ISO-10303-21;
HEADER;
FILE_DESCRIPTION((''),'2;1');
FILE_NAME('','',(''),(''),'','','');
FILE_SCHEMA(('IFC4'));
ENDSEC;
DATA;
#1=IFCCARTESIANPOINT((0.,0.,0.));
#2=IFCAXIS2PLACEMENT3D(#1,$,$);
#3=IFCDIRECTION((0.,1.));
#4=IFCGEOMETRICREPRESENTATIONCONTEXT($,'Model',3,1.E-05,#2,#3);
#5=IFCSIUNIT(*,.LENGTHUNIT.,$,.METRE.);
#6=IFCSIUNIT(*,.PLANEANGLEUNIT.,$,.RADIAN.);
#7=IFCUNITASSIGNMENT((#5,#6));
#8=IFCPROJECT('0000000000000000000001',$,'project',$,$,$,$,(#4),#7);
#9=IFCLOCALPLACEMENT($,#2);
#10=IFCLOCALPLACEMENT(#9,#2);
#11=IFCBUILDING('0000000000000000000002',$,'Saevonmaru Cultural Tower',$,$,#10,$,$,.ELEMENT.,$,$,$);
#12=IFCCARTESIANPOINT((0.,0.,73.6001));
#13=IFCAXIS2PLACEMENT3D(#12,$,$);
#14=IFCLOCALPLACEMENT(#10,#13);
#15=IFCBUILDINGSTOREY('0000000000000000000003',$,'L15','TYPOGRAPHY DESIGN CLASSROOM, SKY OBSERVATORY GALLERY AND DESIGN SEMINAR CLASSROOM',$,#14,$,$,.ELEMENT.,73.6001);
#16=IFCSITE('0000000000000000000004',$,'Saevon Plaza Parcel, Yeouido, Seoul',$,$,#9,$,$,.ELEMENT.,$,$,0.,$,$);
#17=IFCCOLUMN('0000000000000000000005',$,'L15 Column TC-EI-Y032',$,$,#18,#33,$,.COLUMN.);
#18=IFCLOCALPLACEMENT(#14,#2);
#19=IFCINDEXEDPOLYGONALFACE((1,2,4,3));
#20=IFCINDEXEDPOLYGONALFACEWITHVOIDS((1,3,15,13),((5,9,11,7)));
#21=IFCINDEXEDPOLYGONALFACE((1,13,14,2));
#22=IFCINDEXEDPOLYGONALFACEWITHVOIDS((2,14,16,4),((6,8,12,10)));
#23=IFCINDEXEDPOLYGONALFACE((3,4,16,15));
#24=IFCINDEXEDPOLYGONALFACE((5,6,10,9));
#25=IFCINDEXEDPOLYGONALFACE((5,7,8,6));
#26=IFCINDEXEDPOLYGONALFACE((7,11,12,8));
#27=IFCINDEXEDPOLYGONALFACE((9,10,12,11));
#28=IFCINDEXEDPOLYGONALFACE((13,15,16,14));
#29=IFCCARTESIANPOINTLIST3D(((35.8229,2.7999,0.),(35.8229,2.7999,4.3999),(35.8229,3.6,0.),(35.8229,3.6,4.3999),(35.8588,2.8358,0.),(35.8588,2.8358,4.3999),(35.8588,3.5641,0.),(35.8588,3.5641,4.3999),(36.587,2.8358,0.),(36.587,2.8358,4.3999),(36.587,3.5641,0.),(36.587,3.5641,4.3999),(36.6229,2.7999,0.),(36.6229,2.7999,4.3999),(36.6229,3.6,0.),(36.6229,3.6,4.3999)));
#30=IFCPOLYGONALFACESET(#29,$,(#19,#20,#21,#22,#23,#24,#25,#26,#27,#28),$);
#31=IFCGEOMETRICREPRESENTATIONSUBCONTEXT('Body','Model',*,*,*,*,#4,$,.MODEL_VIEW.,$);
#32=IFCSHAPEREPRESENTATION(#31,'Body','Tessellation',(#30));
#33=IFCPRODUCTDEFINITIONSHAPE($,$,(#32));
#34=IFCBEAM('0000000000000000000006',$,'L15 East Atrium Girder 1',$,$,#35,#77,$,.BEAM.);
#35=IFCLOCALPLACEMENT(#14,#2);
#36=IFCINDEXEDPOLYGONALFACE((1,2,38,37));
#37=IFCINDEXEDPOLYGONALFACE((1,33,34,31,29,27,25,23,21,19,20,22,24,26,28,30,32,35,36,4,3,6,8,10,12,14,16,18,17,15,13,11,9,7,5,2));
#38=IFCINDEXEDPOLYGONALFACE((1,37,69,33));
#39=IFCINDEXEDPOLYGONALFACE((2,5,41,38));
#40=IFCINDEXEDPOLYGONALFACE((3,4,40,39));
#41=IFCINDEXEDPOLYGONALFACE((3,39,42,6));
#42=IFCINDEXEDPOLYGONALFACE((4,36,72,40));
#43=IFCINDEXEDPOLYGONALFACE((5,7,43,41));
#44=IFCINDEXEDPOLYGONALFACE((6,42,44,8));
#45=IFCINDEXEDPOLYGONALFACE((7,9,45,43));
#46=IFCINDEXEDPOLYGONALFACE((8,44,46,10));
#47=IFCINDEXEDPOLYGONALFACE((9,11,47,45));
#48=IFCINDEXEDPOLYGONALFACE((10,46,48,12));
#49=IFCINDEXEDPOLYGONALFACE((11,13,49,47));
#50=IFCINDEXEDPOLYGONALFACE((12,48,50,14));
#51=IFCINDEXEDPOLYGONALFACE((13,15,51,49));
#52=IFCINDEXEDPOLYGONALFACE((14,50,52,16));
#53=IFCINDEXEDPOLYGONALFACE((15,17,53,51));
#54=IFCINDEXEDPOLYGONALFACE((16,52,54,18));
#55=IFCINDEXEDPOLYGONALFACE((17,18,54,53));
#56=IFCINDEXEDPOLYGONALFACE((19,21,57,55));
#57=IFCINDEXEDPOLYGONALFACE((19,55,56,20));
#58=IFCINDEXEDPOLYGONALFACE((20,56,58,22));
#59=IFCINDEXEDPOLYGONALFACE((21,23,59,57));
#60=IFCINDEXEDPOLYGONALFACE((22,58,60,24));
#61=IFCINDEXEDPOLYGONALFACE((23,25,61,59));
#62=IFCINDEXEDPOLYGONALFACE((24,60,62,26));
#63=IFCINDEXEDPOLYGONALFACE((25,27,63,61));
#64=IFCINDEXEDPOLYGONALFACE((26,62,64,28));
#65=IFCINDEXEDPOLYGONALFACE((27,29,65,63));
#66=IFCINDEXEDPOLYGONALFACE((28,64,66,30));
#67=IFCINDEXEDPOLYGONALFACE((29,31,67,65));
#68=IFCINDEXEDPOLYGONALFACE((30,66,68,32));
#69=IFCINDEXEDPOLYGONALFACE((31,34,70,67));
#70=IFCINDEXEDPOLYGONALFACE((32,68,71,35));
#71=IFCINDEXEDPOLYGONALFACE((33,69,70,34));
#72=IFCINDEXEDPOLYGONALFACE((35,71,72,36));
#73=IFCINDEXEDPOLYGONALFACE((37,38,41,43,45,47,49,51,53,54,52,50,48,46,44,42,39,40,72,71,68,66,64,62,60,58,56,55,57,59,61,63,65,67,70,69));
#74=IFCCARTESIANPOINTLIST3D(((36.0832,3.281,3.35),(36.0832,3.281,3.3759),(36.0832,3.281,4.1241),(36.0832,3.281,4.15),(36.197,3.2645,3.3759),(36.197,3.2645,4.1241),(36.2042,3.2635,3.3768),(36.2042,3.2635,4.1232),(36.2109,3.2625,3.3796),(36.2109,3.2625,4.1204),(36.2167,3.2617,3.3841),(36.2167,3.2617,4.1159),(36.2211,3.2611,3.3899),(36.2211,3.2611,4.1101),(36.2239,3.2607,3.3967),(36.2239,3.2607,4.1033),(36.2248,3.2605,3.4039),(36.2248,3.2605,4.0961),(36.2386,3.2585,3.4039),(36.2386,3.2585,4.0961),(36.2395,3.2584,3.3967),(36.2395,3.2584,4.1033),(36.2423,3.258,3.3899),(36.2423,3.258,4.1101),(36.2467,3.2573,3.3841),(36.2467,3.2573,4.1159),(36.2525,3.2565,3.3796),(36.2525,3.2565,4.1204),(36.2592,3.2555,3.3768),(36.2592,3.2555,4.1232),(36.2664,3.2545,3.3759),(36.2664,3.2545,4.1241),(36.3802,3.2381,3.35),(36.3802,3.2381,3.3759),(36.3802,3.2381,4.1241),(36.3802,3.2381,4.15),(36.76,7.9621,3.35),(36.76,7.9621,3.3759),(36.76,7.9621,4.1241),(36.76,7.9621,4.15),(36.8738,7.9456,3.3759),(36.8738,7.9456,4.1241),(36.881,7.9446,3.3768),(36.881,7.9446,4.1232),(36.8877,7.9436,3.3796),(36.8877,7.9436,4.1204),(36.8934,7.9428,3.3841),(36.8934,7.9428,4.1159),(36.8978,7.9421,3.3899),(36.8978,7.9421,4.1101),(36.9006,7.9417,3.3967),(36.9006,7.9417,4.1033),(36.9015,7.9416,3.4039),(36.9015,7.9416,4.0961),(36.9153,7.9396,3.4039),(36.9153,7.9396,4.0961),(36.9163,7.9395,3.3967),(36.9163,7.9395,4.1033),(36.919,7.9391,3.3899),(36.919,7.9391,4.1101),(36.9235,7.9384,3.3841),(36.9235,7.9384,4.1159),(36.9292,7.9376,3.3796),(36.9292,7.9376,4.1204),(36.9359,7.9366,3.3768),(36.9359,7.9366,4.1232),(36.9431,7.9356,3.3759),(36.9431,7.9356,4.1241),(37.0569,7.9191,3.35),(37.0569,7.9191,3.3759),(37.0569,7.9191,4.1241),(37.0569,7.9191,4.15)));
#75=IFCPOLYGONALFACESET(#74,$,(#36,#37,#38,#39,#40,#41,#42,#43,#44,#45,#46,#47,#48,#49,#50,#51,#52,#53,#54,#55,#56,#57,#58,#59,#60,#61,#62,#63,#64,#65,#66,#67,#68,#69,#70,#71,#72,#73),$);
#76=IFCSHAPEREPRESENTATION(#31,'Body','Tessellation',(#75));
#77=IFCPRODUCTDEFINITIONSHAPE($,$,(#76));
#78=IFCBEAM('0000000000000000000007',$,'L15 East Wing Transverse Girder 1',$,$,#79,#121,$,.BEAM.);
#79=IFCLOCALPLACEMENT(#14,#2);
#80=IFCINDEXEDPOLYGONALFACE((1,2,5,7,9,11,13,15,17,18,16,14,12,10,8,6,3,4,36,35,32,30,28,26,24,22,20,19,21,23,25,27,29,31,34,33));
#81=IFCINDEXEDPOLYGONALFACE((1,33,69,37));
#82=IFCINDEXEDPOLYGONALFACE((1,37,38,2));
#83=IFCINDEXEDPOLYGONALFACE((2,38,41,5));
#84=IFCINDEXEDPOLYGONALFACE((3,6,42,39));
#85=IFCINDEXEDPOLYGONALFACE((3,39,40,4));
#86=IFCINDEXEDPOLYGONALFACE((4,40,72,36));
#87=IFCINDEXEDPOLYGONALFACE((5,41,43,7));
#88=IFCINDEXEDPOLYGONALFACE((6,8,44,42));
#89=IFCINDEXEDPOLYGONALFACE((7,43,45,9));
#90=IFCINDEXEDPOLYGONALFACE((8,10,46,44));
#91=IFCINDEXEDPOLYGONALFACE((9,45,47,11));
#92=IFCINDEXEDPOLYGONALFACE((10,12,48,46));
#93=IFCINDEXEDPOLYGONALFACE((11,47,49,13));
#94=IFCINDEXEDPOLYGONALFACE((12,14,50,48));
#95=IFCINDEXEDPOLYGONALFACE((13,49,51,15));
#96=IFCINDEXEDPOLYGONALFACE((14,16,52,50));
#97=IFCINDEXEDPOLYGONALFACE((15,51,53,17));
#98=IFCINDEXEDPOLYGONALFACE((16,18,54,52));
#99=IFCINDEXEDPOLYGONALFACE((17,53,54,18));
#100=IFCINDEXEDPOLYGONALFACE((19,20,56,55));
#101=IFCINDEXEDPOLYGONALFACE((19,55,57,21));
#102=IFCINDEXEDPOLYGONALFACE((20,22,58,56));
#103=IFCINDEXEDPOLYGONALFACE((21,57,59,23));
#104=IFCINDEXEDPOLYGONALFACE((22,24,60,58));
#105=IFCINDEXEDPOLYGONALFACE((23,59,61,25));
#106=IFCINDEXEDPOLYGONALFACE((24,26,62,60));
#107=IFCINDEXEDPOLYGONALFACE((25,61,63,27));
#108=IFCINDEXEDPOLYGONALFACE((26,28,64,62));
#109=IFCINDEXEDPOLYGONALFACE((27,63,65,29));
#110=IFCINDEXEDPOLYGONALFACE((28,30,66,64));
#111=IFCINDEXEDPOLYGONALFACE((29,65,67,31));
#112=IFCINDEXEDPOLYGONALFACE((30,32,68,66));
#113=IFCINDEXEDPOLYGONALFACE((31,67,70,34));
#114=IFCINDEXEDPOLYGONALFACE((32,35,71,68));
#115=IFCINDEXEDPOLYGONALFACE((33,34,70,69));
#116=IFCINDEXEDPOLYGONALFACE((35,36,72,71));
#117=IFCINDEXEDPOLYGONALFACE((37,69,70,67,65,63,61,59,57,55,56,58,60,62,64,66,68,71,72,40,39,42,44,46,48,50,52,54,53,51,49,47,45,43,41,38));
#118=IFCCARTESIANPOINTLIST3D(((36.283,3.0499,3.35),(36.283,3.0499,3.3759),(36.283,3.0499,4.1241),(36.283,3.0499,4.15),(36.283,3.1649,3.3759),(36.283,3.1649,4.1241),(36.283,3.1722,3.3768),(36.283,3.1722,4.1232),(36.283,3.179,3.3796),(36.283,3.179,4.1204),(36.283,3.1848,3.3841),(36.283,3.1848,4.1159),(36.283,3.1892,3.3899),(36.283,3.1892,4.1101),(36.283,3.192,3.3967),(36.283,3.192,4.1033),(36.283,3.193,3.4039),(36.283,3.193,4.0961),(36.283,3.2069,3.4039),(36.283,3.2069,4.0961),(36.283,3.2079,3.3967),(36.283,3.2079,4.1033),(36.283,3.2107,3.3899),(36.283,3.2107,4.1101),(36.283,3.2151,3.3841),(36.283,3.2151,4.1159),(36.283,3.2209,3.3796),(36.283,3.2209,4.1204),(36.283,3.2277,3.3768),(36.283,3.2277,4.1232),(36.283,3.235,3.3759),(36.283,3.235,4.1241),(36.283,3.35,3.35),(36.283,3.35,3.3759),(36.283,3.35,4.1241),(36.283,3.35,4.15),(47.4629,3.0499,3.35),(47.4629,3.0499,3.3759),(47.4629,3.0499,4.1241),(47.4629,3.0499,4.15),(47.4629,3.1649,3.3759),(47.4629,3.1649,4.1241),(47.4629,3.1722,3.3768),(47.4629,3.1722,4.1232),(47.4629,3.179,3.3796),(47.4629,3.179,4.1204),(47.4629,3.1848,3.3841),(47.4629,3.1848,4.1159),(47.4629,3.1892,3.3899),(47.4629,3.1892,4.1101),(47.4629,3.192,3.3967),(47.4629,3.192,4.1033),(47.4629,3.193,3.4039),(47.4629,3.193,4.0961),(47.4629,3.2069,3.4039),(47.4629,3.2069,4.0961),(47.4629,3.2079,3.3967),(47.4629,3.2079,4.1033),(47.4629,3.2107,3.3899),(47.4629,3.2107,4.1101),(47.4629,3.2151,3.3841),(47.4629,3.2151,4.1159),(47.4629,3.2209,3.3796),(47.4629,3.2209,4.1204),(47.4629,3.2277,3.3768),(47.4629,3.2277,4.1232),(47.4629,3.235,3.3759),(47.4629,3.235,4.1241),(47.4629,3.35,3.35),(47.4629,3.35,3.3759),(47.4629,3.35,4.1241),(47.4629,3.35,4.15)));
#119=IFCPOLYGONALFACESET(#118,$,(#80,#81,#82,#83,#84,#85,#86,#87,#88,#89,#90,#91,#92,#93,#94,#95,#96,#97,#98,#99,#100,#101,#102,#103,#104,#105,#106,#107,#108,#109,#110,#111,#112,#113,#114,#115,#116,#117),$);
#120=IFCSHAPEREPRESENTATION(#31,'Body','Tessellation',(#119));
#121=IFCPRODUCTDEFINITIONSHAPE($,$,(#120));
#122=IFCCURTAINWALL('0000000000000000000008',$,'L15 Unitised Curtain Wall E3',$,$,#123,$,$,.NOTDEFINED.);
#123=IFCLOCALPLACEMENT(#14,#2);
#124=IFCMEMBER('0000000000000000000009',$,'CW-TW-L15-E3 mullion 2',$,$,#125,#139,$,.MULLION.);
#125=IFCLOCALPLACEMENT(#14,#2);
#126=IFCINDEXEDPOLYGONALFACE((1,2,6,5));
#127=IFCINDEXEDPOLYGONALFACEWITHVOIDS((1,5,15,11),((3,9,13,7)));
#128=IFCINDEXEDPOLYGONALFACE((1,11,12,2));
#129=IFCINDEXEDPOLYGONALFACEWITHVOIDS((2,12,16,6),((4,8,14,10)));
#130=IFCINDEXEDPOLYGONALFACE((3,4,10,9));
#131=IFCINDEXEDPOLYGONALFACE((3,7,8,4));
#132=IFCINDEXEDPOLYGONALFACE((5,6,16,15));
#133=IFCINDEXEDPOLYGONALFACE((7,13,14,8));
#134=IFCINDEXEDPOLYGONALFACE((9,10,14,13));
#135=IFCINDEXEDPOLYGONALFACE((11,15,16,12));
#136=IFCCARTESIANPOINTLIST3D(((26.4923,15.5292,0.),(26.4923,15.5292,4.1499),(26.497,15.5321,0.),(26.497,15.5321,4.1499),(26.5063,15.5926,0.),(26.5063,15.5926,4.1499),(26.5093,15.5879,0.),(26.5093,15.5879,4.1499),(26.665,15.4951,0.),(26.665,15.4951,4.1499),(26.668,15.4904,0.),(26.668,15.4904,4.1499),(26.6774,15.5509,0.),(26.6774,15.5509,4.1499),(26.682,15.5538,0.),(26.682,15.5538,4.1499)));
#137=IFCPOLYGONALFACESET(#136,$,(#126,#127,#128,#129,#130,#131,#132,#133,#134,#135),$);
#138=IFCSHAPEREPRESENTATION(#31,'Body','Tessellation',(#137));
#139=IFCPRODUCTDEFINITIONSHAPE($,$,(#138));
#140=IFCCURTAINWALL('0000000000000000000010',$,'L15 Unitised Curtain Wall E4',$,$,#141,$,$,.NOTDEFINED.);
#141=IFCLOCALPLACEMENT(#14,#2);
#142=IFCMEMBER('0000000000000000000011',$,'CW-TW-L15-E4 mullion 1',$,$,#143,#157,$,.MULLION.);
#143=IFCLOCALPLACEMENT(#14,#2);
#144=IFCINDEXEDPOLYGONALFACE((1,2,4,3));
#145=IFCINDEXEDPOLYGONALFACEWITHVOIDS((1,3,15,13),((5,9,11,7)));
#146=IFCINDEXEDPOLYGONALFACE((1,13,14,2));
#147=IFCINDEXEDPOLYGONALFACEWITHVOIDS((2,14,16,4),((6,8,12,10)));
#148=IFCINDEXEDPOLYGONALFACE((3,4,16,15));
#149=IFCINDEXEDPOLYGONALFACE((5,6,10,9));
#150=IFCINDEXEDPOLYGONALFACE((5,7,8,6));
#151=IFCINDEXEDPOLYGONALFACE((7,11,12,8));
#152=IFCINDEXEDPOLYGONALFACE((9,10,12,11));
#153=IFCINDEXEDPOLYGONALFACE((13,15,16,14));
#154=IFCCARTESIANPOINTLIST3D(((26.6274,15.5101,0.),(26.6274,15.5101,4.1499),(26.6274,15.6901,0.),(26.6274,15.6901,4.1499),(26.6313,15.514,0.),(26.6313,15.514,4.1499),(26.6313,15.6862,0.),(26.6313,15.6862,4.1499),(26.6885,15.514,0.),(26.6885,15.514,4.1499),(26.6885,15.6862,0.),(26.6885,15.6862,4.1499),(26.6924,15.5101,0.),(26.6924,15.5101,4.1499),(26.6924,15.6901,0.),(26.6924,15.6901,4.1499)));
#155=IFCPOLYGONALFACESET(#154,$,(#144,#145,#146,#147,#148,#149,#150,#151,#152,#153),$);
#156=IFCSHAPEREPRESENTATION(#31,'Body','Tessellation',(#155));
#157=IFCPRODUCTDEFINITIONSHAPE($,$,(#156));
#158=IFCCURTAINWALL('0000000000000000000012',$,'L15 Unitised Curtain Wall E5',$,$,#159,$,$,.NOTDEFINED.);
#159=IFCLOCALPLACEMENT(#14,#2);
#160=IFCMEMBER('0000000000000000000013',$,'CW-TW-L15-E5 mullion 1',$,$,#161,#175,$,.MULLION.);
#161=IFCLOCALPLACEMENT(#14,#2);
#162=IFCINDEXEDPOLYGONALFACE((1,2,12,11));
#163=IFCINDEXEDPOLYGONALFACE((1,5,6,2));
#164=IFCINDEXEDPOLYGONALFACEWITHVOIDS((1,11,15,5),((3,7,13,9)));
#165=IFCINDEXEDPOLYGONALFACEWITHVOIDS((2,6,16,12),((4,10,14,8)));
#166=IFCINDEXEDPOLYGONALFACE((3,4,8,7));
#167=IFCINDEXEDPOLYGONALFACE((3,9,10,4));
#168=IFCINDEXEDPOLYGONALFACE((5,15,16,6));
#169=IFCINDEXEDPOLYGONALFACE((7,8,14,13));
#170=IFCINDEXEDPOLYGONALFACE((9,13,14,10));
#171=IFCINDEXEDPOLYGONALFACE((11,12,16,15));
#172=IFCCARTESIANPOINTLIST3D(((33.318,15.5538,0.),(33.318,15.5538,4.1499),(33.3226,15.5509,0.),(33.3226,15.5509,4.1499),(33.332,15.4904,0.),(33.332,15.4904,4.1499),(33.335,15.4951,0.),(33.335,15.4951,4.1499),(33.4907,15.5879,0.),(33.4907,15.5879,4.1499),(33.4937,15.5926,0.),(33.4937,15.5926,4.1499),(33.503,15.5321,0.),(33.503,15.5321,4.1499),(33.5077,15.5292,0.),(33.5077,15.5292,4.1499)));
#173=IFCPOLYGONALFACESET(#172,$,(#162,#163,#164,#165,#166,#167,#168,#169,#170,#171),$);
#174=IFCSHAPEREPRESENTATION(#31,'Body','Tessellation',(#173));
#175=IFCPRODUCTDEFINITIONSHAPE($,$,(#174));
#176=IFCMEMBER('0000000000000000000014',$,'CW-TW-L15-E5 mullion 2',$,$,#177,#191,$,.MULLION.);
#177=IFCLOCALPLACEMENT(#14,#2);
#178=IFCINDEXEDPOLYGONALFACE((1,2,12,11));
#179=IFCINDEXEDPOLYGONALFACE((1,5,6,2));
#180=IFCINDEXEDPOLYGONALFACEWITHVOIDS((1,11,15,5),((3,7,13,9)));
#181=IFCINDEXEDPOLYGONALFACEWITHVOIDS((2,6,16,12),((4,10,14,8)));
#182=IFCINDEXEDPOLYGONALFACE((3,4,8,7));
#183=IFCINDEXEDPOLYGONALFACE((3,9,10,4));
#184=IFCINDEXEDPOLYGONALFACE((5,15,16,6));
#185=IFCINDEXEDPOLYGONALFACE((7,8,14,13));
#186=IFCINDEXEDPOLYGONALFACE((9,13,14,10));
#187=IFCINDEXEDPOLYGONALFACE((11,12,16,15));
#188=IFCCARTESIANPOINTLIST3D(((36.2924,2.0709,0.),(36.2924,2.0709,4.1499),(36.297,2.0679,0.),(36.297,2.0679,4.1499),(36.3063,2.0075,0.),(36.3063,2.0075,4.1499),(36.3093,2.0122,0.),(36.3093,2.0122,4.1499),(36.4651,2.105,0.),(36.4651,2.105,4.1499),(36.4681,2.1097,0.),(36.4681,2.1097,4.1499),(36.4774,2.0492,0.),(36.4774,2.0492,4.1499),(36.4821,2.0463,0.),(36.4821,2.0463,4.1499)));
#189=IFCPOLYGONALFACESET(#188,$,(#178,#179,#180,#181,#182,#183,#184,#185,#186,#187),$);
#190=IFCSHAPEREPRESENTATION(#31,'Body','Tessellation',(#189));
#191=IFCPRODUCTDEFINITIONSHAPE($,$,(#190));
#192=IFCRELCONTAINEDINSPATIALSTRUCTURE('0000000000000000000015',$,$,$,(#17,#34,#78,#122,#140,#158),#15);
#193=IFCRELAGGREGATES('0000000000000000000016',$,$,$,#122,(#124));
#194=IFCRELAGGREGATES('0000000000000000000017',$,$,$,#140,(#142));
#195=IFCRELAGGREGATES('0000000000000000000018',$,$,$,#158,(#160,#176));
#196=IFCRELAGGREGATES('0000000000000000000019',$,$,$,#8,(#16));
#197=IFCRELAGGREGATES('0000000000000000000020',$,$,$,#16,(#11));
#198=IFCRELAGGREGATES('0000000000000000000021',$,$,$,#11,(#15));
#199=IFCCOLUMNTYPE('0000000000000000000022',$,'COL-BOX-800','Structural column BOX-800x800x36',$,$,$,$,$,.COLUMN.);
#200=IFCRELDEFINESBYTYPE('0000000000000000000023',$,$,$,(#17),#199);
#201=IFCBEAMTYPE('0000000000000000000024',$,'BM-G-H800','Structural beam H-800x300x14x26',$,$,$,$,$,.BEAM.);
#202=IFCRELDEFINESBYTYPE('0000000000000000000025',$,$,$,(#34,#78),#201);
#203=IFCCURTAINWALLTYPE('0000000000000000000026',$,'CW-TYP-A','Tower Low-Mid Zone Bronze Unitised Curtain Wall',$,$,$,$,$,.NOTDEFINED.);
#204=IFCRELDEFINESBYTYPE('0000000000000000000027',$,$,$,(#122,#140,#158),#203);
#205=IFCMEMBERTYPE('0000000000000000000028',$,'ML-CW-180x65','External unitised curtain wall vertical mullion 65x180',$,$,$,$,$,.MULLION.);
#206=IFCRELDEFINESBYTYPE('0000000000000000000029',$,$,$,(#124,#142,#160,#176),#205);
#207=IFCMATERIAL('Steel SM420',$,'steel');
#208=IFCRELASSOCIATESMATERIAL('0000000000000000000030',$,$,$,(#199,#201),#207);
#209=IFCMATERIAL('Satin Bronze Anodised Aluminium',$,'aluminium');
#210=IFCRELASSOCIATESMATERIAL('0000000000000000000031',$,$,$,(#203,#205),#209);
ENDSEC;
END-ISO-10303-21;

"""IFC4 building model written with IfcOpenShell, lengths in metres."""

from ifc_helpers import new_model, si_unit, direction, frame, origin, origin_2d, place, context, subcontext, project, spatial, hollow_rectangle, i_section, extrude, material, material_profile, profile_set, type_object, element, aggregate, save


model = new_model("IFC4")

# Units and contexts
model_context = context("Model", 3, precision=1e-05, world=origin(), true_north=direction((0.0, 1.0)))
body_context = subcontext(model_context, "Body", "Model", "MODEL_VIEW")
ifc_project = project(units=[si_unit("LENGTHUNIT", "METRE"), si_unit("PLANEANGLEUNIT", "RADIAN")], contexts=[model_context])

# Site, building, storey
site_placement = place(None, origin())
site = spatial("IfcSite", under=ifc_project, at=site_placement, Name="Saevon Plaza Parcel, Yeouido, Seoul", CompositionType="ELEMENT", RefElevation=0.0)
building_placement = place(site_placement, origin())
building = spatial("IfcBuilding", under=site, at=building_placement, Name="Saevonmaru Cultural Tower", CompositionType="ELEMENT")
storey_placement = place(building_placement, frame((0.0, 0.0, 73.6001)))
storey = spatial("IfcBuildingStorey", under=building, at=storey_placement, Name="L15", Description="TYPOGRAPHY DESIGN CLASSROOM, SKY OBSERVATORY GALLERY AND DESIGN SEMINAR CLASSROOM", CompositionType="ELEMENT", Elevation=73.6001)

# Column
ifc_material_1 = material(Name="Steel SM420", Category="steel")
ifc_material_profile_1 = material_profile(ifc_material_1, hollow_rectangle(XDim=0.8, YDim=0.8, WallThickness=0.0359, at=origin_2d()), Name="BOX-800x800x36")
ifc_profile_set_1 = profile_set([ifc_material_profile_1], Name="Steel SM420")
column_type = type_object("IfcColumnType", Name="COL-BOX-800", Description="Structural column BOX-800x800x36", PredefinedType="COLUMN", material=ifc_profile_set_1)
column_placement = place(storey_placement, frame((36.2229, 3.2, 0.0), z_axis=(0.0, 0.0, 1.0), x_axis=(1.0, 0.0, 0.0)))
element("IfcColumn", 1, at=column_placement, inside=storey, type_object=column_type, Name="L15 Column TC-EI-Y032", PredefinedType="COLUMN", context=body_context, shape_type="SweptSolid", body=[
    extrude(hollow_rectangle(XDim=0.8, YDim=0.8, WallThickness=0.0359, at=origin_2d()), origin(), (0.0, 0.0, 1.0), 4.3999),
])

# Beams
ifc_material_profile_2 = material_profile(ifc_material_1, i_section(OverallWidth=0.3, OverallDepth=0.8, WebThickness=0.0139, FlangeThickness=0.0259, FilletRadius=0.0281, at=origin_2d()), Name="H-800x300x14x26")
ifc_profile_set_2 = profile_set([ifc_material_profile_2], Name="Steel SM420")
beam_type = type_object("IfcBeamType", Name="BM-G-H800", Description="Structural beam H-800x300x14x26", PredefinedType="BEAM", material=ifc_profile_set_2)
beam_1_placement = place(storey_placement, frame((36.2317, 3.2595, 3.75), z_axis=(0.143083, 0.989711, 0.0), x_axis=(-0.989711, 0.143083, 0.0)))
element("IfcBeam", 2, at=beam_1_placement, inside=storey, type_object=beam_type, Name="L15 East Atrium Girder 1", PredefinedType="BEAM", context=body_context, shape_type="SweptSolid", body=[
    extrude(i_section(OverallWidth=0.3, OverallDepth=0.8, WebThickness=0.0139, FlangeThickness=0.0259, FilletRadius=0.0281, at=origin_2d()), origin(), (0.0, 0.0, 1.0), 4.7297),
])
beam_2_placement = place(storey_placement, frame((36.283, 3.2, 3.75), z_axis=(1.0, 0.0, 0.0), x_axis=(0.0, 1.0, 0.0)))
element("IfcBeam", 3, at=beam_2_placement, inside=storey, type_object=beam_type, Name="L15 East Wing Transverse Girder 1", PredefinedType="BEAM", context=body_context, shape_type="SweptSolid", body=[
    extrude(i_section(OverallWidth=0.3, OverallDepth=0.8, WebThickness=0.0139, FlangeThickness=0.0259, FilletRadius=0.0281, at=origin_2d()), origin(), (0.0, 0.0, 1.0), 11.1799),
])

# Curtain walls, members
ifc_material_2 = material(Name="Satin Bronze Anodised Aluminium", Category="aluminium")
curtain_wall_type = type_object("IfcCurtainWallType", Name="CW-TYP-A", Description="Tower Low-Mid Zone Bronze Unitised Curtain Wall", PredefinedType="NOTDEFINED", material=ifc_material_2)
curtain_wall_1_placement = place(storey_placement, origin())
curtain_wall_1 = element("IfcCurtainWall", 4, at=curtain_wall_1_placement, inside=storey, type_object=curtain_wall_type, Name="L15 Unitised Curtain Wall E3", PredefinedType="NOTDEFINED")
ifc_material_profile_3 = material_profile(ifc_material_2, hollow_rectangle(XDim=0.0649, YDim=0.1799, WallThickness=0.0039, at=origin_2d()), Name="ALU-MULL-180x65x4")
ifc_profile_set_3 = profile_set([ifc_material_profile_3], Name="Satin Bronze Anodised Aluminium")
member_type_1 = type_object("IfcMemberType", Name="ML-CW-180x65", Description="External unitised curtain wall vertical mullion 65x180", PredefinedType="MULLION", material=ifc_profile_set_3)
member_1_placement = place(storey_placement, frame((26.5872, 15.5415, 0.0), z_axis=(0.0, 0.0, 1.0), x_axis=(0.215413, 0.976523, 0.0)))
member_1 = element("IfcMember", 5, at=member_1_placement, type_object=member_type_1, Name="CW-TW-L15-E3 mullion 2", PredefinedType="MULLION", context=body_context, shape_type="SweptSolid", body=[
    extrude(hollow_rectangle(XDim=0.0649, YDim=0.1799, WallThickness=0.0039, at=origin_2d()), origin(), (0.0, 0.0, 1.0), 4.1499),
])
aggregate(curtain_wall_1, [member_1])
curtain_wall_2_placement = place(storey_placement, origin())
curtain_wall_2 = element("IfcCurtainWall", 6, at=curtain_wall_2_placement, inside=storey, type_object=curtain_wall_type, Name="L15 Unitised Curtain Wall E4", PredefinedType="NOTDEFINED")
member_2_placement = place(storey_placement, frame((26.6599, 15.6001, 0.0), z_axis=(0.0, 0.0, 1.0), x_axis=(1.0, 0.0, 0.0)))
member_2 = element("IfcMember", 7, at=member_2_placement, type_object=member_type_1, Name="CW-TW-L15-E4 mullion 1", PredefinedType="MULLION", context=body_context, shape_type="SweptSolid", body=[
    extrude(hollow_rectangle(XDim=0.0649, YDim=0.1799, WallThickness=0.0039, at=origin_2d()), origin(), (0.0, 0.0, 1.0), 4.1499),
])

# Curtain wall, members
curtain_wall_3_placement = place(storey_placement, origin())
curtain_wall_3 = element("IfcCurtainWall", 8, at=curtain_wall_3_placement, inside=storey, type_object=curtain_wall_type, Name="L15 Unitised Curtain Wall E5", PredefinedType="NOTDEFINED")
member_3_placement = place(storey_placement, frame((33.4128, 15.5415, 0.0), z_axis=(0.0, 0.0, 1.0), x_axis=(0.215413, -0.976523, 0.0)))
member_3 = element("IfcMember", 9, at=member_3_placement, type_object=member_type_1, Name="CW-TW-L15-E5 mullion 1", PredefinedType="MULLION", context=body_context, shape_type="SweptSolid", body=[
    extrude(hollow_rectangle(XDim=0.0649, YDim=0.1799, WallThickness=0.0039, at=origin_2d()), origin(), (0.0, 0.0, 1.0), 4.1499),
])
member_4_placement = place(storey_placement, frame((36.3872, 2.0586, 0.0), z_axis=(0.0, 0.0, 1.0), x_axis=(0.215413, -0.976523, 0.0)))
member_4 = element("IfcMember", 10, at=member_4_placement, type_object=member_type_1, Name="CW-TW-L15-E5 mullion 2", PredefinedType="MULLION", context=body_context, shape_type="SweptSolid", body=[
    extrude(hollow_rectangle(XDim=0.0649, YDim=0.1799, WallThickness=0.0039, at=origin_2d()), origin(), (0.0, 0.0, 1.0), 4.1499),
])

aggregate(curtain_wall_2, [member_2])
aggregate(curtain_wall_3, [member_3, member_4])

save(model, "model.ifc")
